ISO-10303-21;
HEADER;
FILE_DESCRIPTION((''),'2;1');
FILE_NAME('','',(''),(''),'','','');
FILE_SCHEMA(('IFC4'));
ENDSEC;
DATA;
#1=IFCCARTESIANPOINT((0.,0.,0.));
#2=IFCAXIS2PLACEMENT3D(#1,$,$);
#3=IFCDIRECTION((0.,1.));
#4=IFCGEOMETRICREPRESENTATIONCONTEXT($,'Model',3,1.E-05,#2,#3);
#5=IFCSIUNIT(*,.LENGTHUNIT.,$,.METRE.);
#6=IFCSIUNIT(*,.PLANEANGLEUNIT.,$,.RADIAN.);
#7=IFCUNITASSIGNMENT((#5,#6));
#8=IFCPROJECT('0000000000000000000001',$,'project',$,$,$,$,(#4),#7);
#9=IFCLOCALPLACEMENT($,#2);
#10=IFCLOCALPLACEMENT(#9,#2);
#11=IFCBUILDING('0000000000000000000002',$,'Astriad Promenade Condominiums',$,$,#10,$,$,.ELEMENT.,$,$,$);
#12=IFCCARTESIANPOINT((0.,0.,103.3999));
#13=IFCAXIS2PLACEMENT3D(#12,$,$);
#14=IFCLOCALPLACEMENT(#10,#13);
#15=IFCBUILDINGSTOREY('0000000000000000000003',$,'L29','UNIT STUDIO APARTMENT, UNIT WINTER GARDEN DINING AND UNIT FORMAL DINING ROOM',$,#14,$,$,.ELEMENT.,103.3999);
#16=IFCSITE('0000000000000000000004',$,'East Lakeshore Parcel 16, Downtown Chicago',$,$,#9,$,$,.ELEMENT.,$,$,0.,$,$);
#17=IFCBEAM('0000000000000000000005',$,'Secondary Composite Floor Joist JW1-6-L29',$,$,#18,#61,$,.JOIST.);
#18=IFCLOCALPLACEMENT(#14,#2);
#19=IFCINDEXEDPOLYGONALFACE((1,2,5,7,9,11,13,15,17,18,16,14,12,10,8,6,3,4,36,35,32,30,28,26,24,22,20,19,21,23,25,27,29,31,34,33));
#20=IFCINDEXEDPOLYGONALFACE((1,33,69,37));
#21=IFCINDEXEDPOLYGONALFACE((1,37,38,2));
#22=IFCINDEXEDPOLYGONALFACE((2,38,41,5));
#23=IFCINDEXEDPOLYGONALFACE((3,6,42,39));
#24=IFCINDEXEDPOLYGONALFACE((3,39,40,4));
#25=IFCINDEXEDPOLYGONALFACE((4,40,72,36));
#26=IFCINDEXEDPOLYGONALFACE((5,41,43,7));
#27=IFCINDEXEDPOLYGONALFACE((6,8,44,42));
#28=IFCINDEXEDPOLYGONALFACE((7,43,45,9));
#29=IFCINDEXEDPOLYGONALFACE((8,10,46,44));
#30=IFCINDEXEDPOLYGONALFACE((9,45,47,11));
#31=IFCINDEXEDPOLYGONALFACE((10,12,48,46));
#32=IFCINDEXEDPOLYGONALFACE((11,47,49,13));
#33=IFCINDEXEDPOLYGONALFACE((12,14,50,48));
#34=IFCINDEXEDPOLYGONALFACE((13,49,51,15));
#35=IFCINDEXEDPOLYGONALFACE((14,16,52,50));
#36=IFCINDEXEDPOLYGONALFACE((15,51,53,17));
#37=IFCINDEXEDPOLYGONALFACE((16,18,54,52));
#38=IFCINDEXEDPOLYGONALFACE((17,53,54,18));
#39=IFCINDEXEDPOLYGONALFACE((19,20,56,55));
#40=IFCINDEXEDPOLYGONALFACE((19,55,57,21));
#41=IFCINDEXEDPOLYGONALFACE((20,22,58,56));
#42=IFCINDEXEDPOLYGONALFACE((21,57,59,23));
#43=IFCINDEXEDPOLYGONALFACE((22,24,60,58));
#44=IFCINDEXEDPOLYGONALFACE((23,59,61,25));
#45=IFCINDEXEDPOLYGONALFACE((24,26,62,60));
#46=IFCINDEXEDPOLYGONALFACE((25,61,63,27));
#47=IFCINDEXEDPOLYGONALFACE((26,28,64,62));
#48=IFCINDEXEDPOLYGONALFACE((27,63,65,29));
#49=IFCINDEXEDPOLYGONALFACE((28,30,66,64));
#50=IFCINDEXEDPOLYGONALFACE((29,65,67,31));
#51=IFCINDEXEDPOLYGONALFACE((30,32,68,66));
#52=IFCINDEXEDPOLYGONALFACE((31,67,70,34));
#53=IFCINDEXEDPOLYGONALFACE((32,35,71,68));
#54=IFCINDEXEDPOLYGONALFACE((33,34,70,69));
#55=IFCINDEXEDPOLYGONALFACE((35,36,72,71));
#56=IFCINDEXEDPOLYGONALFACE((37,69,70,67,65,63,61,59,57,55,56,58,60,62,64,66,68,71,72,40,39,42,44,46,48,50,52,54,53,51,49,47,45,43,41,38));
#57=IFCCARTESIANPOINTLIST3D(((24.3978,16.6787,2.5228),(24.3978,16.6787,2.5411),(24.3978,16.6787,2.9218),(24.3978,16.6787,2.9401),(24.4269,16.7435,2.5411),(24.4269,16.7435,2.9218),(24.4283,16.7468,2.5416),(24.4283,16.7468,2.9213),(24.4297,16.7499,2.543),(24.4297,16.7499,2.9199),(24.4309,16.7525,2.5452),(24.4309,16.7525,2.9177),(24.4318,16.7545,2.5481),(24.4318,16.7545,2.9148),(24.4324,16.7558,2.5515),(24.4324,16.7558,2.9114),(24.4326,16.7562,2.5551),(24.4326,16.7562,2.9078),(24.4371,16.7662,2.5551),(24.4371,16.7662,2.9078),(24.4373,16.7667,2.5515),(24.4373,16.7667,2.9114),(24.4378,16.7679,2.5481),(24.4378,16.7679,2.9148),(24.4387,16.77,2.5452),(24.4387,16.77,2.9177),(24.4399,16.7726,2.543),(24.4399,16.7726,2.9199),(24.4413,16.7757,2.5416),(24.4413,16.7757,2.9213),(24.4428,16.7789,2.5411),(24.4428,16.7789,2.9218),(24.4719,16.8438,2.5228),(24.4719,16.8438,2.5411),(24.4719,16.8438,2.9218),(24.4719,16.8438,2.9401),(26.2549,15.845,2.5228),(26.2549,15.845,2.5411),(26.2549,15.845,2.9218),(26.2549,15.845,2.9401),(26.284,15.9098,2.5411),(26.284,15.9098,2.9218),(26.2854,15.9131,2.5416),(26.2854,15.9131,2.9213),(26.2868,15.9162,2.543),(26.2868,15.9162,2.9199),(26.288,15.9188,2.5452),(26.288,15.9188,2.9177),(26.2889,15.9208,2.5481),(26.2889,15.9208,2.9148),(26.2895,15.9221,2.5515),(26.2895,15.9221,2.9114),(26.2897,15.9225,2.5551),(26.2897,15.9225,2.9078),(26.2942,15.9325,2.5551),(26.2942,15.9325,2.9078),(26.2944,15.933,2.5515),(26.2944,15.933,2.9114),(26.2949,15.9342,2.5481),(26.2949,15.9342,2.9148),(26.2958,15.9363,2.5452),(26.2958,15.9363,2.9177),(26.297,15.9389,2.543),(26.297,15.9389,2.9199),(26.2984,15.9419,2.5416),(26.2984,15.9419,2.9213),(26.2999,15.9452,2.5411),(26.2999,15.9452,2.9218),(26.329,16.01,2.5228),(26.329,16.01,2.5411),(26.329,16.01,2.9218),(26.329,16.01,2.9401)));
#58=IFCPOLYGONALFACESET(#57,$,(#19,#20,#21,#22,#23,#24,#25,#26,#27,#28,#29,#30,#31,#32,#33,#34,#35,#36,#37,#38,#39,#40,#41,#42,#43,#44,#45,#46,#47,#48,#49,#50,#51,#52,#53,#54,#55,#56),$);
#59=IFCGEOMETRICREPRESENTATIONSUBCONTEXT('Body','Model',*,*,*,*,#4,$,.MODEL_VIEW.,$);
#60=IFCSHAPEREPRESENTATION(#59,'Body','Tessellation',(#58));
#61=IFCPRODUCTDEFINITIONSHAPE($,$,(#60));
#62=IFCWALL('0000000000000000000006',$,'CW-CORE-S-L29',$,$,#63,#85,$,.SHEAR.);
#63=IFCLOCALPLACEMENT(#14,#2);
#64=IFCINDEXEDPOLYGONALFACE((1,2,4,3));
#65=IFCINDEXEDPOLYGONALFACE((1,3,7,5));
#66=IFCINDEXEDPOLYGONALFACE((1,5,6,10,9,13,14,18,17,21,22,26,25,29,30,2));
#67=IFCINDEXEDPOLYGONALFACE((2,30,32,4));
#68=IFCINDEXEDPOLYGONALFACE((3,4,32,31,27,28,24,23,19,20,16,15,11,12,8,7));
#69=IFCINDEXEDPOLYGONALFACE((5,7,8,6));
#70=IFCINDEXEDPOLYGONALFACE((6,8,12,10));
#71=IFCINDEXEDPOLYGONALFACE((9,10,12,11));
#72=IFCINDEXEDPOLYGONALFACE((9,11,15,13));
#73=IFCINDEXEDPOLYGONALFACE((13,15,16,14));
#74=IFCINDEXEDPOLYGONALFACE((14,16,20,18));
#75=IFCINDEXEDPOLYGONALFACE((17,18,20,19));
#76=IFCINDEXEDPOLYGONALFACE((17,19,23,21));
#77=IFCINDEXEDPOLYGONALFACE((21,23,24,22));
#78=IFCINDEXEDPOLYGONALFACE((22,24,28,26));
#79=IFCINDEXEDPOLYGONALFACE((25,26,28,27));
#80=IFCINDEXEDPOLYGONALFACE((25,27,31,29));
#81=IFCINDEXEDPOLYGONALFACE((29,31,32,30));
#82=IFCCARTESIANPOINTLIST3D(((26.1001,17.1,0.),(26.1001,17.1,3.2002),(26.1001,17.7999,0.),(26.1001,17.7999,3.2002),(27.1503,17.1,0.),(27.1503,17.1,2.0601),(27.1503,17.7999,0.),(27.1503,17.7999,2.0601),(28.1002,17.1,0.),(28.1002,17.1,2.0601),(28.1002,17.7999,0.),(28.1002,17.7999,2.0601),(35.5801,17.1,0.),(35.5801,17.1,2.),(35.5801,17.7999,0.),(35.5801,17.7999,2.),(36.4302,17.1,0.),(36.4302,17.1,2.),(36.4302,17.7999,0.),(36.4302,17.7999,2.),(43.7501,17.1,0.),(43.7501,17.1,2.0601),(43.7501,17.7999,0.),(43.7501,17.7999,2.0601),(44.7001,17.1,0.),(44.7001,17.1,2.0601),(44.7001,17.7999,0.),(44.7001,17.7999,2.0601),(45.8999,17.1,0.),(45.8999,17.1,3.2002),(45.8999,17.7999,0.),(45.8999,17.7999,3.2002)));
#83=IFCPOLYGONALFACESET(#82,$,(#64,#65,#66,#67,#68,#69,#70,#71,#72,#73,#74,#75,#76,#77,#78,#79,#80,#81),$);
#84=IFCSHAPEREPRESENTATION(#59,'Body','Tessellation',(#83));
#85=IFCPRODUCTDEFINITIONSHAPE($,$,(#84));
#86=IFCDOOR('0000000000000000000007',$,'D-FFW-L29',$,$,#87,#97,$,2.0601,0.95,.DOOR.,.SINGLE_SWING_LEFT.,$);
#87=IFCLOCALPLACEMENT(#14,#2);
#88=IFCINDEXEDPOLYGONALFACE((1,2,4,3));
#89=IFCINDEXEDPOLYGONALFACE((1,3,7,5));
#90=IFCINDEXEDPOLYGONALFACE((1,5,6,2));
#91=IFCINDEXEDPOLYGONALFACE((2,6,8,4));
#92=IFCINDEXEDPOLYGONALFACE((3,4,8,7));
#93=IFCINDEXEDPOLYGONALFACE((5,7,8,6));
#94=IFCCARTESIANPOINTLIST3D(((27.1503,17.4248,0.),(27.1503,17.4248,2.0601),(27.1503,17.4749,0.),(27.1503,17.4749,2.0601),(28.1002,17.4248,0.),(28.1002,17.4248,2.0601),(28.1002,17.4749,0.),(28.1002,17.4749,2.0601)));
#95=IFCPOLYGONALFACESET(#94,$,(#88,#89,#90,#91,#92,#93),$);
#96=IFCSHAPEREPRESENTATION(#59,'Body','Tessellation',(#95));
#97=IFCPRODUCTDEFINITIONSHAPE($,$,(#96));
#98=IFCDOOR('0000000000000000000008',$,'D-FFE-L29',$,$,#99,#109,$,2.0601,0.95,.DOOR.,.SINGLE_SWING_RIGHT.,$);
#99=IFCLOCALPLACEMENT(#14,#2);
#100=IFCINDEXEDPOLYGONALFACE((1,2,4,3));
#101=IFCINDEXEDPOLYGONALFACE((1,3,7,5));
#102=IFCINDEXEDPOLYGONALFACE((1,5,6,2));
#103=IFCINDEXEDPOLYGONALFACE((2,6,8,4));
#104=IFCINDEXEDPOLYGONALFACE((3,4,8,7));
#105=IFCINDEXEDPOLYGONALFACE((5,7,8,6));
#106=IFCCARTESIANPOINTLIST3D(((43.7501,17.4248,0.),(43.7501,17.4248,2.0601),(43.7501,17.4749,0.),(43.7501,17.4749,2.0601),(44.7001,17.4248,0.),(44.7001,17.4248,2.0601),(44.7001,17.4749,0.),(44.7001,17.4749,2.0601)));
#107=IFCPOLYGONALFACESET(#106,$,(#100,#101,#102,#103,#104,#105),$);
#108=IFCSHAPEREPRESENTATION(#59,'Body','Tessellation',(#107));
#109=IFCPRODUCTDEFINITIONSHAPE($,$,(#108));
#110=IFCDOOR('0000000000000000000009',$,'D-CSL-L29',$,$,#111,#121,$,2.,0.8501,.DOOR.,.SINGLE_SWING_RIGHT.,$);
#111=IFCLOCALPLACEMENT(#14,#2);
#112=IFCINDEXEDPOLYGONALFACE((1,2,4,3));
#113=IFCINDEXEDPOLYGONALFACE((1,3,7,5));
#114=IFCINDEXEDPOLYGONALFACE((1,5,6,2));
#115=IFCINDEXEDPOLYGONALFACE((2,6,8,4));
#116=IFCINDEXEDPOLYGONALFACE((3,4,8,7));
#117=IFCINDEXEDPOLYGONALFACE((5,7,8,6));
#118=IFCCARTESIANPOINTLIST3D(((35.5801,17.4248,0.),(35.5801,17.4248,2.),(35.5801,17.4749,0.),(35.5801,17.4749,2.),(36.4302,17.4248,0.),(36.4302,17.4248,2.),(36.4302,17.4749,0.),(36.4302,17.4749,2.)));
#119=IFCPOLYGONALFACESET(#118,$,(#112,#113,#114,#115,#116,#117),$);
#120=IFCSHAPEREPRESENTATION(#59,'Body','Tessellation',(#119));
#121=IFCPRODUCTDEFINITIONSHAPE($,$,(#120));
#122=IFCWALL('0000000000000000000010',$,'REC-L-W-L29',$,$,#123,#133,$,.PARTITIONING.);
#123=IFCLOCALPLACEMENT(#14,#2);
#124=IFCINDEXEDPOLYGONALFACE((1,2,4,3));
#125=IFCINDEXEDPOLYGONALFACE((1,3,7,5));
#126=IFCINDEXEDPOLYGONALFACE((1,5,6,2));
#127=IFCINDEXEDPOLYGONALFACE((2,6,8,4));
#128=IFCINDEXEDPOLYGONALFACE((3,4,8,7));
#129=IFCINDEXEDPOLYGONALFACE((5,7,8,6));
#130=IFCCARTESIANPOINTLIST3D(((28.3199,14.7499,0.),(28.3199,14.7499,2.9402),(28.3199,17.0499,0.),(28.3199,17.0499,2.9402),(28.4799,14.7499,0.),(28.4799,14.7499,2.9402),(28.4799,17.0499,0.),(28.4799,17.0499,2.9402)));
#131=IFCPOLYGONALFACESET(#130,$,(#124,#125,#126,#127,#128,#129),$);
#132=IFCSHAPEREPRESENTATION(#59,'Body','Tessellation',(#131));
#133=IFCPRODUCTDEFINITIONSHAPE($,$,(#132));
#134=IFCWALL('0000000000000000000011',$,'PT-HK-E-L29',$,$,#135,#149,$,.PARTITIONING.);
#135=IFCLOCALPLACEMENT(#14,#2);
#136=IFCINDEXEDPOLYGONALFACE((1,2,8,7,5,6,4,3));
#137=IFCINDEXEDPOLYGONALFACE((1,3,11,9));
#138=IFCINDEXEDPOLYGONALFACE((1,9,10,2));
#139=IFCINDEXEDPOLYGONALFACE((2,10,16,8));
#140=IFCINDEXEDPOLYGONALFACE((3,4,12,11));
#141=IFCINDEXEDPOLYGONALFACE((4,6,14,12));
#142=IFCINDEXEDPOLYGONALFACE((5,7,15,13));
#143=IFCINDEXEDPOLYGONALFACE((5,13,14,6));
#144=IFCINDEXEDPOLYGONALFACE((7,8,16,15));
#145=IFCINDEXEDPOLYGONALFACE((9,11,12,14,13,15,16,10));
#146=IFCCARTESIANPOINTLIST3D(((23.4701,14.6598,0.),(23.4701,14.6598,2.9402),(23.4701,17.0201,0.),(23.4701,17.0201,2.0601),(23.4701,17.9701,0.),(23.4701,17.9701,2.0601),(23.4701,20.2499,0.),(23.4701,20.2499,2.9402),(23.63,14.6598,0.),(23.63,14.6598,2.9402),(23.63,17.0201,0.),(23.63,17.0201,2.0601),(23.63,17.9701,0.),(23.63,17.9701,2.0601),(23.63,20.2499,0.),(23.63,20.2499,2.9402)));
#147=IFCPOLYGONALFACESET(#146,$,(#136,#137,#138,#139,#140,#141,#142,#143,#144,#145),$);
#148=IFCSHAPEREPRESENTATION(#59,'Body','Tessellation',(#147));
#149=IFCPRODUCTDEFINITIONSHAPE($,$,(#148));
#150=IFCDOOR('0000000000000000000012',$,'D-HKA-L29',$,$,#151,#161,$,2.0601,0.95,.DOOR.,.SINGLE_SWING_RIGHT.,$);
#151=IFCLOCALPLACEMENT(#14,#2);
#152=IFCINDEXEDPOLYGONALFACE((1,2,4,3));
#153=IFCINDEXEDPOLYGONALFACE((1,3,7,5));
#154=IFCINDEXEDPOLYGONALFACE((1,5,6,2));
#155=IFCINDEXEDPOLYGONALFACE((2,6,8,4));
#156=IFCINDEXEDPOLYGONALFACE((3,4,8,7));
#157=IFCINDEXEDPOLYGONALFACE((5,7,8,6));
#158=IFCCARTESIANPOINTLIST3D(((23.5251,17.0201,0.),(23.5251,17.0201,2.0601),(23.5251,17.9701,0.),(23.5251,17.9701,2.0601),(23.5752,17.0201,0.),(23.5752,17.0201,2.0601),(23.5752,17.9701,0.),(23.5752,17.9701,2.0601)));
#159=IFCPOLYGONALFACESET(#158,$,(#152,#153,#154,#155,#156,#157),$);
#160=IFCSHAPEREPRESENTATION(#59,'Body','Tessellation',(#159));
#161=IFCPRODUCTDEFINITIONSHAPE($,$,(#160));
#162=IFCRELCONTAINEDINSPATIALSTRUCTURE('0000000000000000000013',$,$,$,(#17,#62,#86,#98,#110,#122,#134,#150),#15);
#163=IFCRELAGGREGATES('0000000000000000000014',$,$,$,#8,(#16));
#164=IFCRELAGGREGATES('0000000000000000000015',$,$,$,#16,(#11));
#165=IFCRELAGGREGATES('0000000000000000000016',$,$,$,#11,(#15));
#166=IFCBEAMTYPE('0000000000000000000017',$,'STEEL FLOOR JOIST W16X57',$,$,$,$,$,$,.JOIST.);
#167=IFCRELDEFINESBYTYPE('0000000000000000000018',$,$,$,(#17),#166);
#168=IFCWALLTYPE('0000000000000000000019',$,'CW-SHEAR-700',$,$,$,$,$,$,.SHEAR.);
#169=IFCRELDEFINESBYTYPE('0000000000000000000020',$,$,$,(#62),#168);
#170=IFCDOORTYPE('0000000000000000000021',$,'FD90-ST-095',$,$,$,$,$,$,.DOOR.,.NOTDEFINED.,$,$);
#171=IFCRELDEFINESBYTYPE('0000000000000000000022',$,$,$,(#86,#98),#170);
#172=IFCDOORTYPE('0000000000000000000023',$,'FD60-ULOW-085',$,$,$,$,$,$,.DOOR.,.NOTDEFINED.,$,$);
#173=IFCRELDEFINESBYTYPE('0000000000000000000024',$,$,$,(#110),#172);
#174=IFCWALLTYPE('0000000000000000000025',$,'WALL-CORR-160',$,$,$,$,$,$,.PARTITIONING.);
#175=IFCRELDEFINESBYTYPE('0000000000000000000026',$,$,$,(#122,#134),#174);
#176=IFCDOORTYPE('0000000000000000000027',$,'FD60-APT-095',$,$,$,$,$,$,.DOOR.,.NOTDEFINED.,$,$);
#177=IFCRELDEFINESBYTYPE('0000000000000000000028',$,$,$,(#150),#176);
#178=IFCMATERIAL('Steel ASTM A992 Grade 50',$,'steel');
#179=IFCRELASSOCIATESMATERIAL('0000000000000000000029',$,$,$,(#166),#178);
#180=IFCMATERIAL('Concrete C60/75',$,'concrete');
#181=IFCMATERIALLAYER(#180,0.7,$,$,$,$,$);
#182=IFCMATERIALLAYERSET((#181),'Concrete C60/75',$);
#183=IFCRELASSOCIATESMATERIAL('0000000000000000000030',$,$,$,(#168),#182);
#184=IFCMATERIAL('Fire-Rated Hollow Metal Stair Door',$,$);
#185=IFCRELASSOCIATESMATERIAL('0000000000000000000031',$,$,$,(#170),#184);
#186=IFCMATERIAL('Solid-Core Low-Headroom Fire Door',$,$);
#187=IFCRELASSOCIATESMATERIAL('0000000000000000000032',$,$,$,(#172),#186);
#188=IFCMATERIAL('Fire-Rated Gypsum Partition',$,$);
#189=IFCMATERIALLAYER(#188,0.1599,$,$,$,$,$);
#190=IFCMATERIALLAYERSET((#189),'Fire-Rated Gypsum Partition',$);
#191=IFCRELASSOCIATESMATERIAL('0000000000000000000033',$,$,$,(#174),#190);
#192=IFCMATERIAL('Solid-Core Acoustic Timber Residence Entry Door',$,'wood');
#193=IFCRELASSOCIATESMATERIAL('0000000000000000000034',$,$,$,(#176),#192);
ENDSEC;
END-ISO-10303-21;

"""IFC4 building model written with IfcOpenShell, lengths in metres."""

from ifc_helpers import new_model, si_unit, direction, frame, frame_2d, origin, origin_2d, place, context, subcontext, project, spatial, rectangle, i_section, extrude, source, transform, mapped, material, layer, layer_set, material_profile, profile_set, type_object, type_shapes, element, fill, save


model = new_model("IFC4")

# Units and contexts
model_context = context("Model", 3, precision=1e-05, world=origin(), true_north=direction((0.0, 1.0)))
body_context = subcontext(model_context, "Body", "Model", "MODEL_VIEW")
ifc_project = project(units=[si_unit("LENGTHUNIT", "METRE"), si_unit("PLANEANGLEUNIT", "RADIAN")], contexts=[model_context])

# Site, building, storey
site_placement = place(None, origin())
site = spatial("IfcSite", under=ifc_project, at=site_placement, Name="East Lakeshore Parcel 16, Downtown Chicago", CompositionType="ELEMENT", RefElevation=0.0)
building_placement = place(site_placement, origin())
building = spatial("IfcBuilding", under=site, at=building_placement, Name="Astriad Promenade Condominiums", CompositionType="ELEMENT")
storey_placement = place(building_placement, frame((0.0, 0.0, 103.3999)))
storey = spatial("IfcBuildingStorey", under=building, at=storey_placement, Name="L29", Description="UNIT STUDIO APARTMENT, UNIT WINTER GARDEN DINING AND UNIT FORMAL DINING ROOM", CompositionType="ELEMENT", Elevation=103.3999)

# Shared definitions
ifc_material_1 = material(Name="Steel ASTM A992 Grade 50", Category="steel")
ifc_material_2 = material(Name="Concrete C60/75", Category="concrete")

# Beam
ifc_material_profile_1 = material_profile(ifc_material_1, i_section(OverallWidth=0.1809, OverallDepth=0.4172, WebThickness=0.011, FlangeThickness=0.0183, FilletRadius=0.0139, at=origin_2d()), Name="W16X57")
ifc_profile_set_1 = profile_set([ifc_material_profile_1], Name="Steel ASTM A992 Grade 50")
beam_type_1 = type_object("IfcBeamType", Name="STEEL FLOOR JOIST W16X57", PredefinedType="JOIST", material=ifc_profile_set_1)
shared_shape_1 = source(origin(), body_context, "Body", "SweptSolid", [
    extrude(i_section(OverallWidth=0.1809, OverallDepth=0.4172, WebThickness=0.011, FlangeThickness=0.0183, FilletRadius=0.0139, at=origin_2d()), origin(), (0.0, 0.0, 1.0), 2.0356),
])
beam_1_placement = place(storey_placement, frame((24.4348, 16.7612, 2.7314), z_axis=(0.912287, -0.409552, 0.0), x_axis=(0.409552, 0.912287, 0.0)))
element("IfcBeam", 1, at=beam_1_placement, inside=storey, type_object=beam_type_1, Name="Secondary Composite Floor Joist JW1-6-L29", PredefinedType="JOIST", context=body_context, shape_type="MappedRepresentation", body=[
    mapped(shared_shape_1, transform((0.0, 0.0, 0.0), scale=1.0)),
])

# Wall, openings, doors
ifc_layer_1 = layer(ifc_material_2, 0.7)
ifc_layer_set_1 = layer_set([ifc_layer_1], Name="Concrete C60/75")
wall_type_1 = type_object("IfcWallType", Name="CW-SHEAR-700", PredefinedType="SHEAR", material=ifc_layer_set_1)
wall_1_placement = place(storey_placement, frame((26.1001, 17.45, 0.0), z_axis=(0.0, 0.0, 1.0), x_axis=(1.0, 0.0, 0.0)))
wall_1 = element("IfcWall", 2, at=wall_1_placement, inside=storey, type_object=wall_type_1, Name="CW-CORE-S-L29", PredefinedType="SHEAR", context=body_context, shape_type="SweptSolid", body=[
    extrude(rectangle(XDim=19.7998, YDim=0.7, at=frame_2d((9.8999, 0.0))), origin(), (0.0, 0.0, 1.0), 3.2002),
])
opening_1_placement = place(wall_1_placement, frame((1.05, 0.0, 0.0)))
opening_1 = element("IfcOpeningElement", 3, at=opening_1_placement, cuts=wall_1, PredefinedType="OPENING", context=body_context, shape_type="SweptSolid", body=[
    extrude(rectangle(XDim=0.95, YDim=2.0601, at=frame_2d((0.4751, 1.03))), frame((0.0, 0.3599, 0.0), z_axis=(0.0, -1.0, 0.0), x_axis=(1.0, 0.0, 0.0)), (0.0, 0.0, 1.0), 0.72),
])
opening_2_placement = place(wall_1_placement, frame((9.48, 0.0, 0.0)))
opening_2 = element("IfcOpeningElement", 4, at=opening_2_placement, cuts=wall_1, PredefinedType="OPENING", context=body_context, shape_type="SweptSolid", body=[
    extrude(rectangle(XDim=0.8501, YDim=2.0, at=frame_2d((0.425, 1.0))), frame((0.0, 0.3599, 0.0), z_axis=(0.0, -1.0, 0.0), x_axis=(1.0, 0.0, 0.0)), (0.0, 0.0, 1.0), 0.72),
])
opening_3_placement = place(wall_1_placement, frame((17.6499, 0.0, 0.0)))
opening_3 = element("IfcOpeningElement", 5, at=opening_3_placement, cuts=wall_1, PredefinedType="OPENING", context=body_context, shape_type="SweptSolid", body=[
    extrude(rectangle(XDim=0.95, YDim=2.0601, at=frame_2d((0.4751, 1.03))), frame((0.0, 0.3599, 0.0), z_axis=(0.0, -1.0, 0.0), x_axis=(1.0, 0.0, 0.0)), (0.0, 0.0, 1.0), 0.72),
])
ifc_material_3 = material(Name="Fire-Rated Hollow Metal Stair Door")
door_type_1 = type_object("IfcDoorType", Name="FD90-ST-095", OperationType="NOTDEFINED", PredefinedType="DOOR", material=ifc_material_3)
shared_shape_2 = source(origin(), body_context, "Body", "SweptSolid", [
    extrude(rectangle(XDim=0.95, YDim=2.0601, at=frame_2d((0.4751, 1.03))), frame((0.0, 0.0249, 0.0), z_axis=(0.0, -1.0, 0.0), x_axis=(1.0, 0.0, 0.0)), (0.0, 0.0, 1.0), 0.05),
])
type_shapes(door_type_1, [shared_shape_2])
door_1_placement = place(opening_1_placement, origin())
door_1 = element("IfcDoor", 6, at=door_1_placement, inside=storey, type_object=door_type_1, Name="D-FFW-L29", OperationType="SINGLE_SWING_LEFT", OverallHeight=2.0601, OverallWidth=0.95, PredefinedType="DOOR", context=body_context, shape_type="MappedRepresentation", body=[
    mapped(shared_shape_2, transform((0.0, 0.0, 0.0), scale=1.0)),
])
fill(opening_1, door_1)
door_2_placement = place(opening_3_placement, origin())
door_2 = element("IfcDoor", 7, at=door_2_placement, inside=storey, type_object=door_type_1, Name="D-FFE-L29", OperationType="SINGLE_SWING_RIGHT", OverallHeight=2.0601, OverallWidth=0.95, PredefinedType="DOOR", context=body_context, shape_type="MappedRepresentation", body=[
    mapped(shared_shape_2, transform((0.0, 0.0, 0.0), scale=1.0)),
])
fill(opening_3, door_2)
ifc_material_4 = material(Name="Solid-Core Low-Headroom Fire Door")
door_type_2 = type_object("IfcDoorType", Name="FD60-ULOW-085", OperationType="NOTDEFINED", PredefinedType="DOOR", material=ifc_material_4)
shared_shape_3 = source(origin(), body_context, "Body", "SweptSolid", [
    extrude(rectangle(XDim=0.8501, YDim=2.0, at=frame_2d((0.425, 1.0))), frame((0.0, 0.0249, 0.0), z_axis=(0.0, -1.0, 0.0), x_axis=(1.0, 0.0, 0.0)), (0.0, 0.0, 1.0), 0.05),
])
type_shapes(door_type_2, [shared_shape_3])
door_3_placement = place(opening_2_placement, origin())
door_3 = element("IfcDoor", 8, at=door_3_placement, inside=storey, type_object=door_type_2, Name="D-CSL-L29", OperationType="SINGLE_SWING_RIGHT", OverallHeight=2.0, OverallWidth=0.8501, PredefinedType="DOOR", context=body_context, shape_type="MappedRepresentation", body=[
    mapped(shared_shape_3, transform((0.0, 0.0, 0.0), scale=1.0)),
])
fill(opening_2, door_3)

# Wall
ifc_material_5 = material(Name="Fire-Rated Gypsum Partition")
ifc_layer_2 = layer(ifc_material_5, 0.1599)
ifc_layer_set_2 = layer_set([ifc_layer_2], Name="Fire-Rated Gypsum Partition")
wall_type_2 = type_object("IfcWallType", Name="WALL-CORR-160", PredefinedType="PARTITIONING", material=ifc_layer_set_2)
wall_2_placement = place(storey_placement, frame((28.3999, 14.75, 0.0), z_axis=(0.0, 0.0, 1.0), x_axis=(0.0, 1.0, 0.0)))
element("IfcWall", 9, at=wall_2_placement, inside=storey, type_object=wall_type_2, Name="REC-L-W-L29", PredefinedType="PARTITIONING", context=body_context, shape_type="SweptSolid", body=[
    extrude(rectangle(XDim=2.3, YDim=0.1599, at=frame_2d((1.1499, 0.0))), origin(), (0.0, 0.0, 1.0), 2.9402),
])

# Wall, opening, door
wall_3_placement = place(storey_placement, frame((23.55, 14.6599, 0.0), z_axis=(0.0, 0.0, 1.0), x_axis=(0.0, 1.0, 0.0)))
wall_3 = element("IfcWall", 10, at=wall_3_placement, inside=storey, type_object=wall_type_2, Name="PT-HK-E-L29", PredefinedType="PARTITIONING", context=body_context, shape_type="SweptSolid", body=[
    extrude(rectangle(XDim=5.5901, YDim=0.1599, at=frame_2d((2.7949, 0.0))), origin(), (0.0, 0.0, 1.0), 2.9402),
])
opening_4_placement = place(wall_3_placement, frame((2.3601, 0.0, 0.0)))
opening_4 = element("IfcOpeningElement", 11, at=opening_4_placement, cuts=wall_3, PredefinedType="OPENING", context=body_context, shape_type="SweptSolid", body=[
    extrude(rectangle(XDim=0.95, YDim=2.0601, at=frame_2d((0.4751, 1.03))), frame((0.0, 0.0898, 0.0), z_axis=(0.0, -1.0, 0.0), x_axis=(1.0, 0.0, 0.0)), (0.0, 0.0, 1.0), 0.1799),
])
ifc_material_6 = material(Name="Solid-Core Acoustic Timber Residence Entry Door", Category="wood")
door_type_3 = type_object("IfcDoorType", Name="FD60-APT-095", OperationType="NOTDEFINED", PredefinedType="DOOR", material=ifc_material_6)
shared_shape_4 = source(origin(), body_context, "Body", "SweptSolid", [
    extrude(rectangle(XDim=0.95, YDim=2.0601, at=frame_2d((0.4751, 1.03))), frame((0.0, 0.0249, 0.0), z_axis=(0.0, -1.0, 0.0), x_axis=(1.0, 0.0, 0.0)), (0.0, 0.0, 1.0), 0.05),
])
type_shapes(door_type_3, [shared_shape_4])
door_4_placement = place(opening_4_placement, origin())
door_4 = element("IfcDoor", 12, at=door_4_placement, inside=storey, type_object=door_type_3, Name="D-HKA-L29", OperationType="SINGLE_SWING_RIGHT", OverallHeight=2.0601, OverallWidth=0.95, PredefinedType="DOOR", context=body_context, shape_type="MappedRepresentation", body=[
    mapped(shared_shape_4, transform((0.0, 0.0, 0.0), scale=1.0)),
])
fill(opening_4, door_4)

save(model, "model.ifc")
